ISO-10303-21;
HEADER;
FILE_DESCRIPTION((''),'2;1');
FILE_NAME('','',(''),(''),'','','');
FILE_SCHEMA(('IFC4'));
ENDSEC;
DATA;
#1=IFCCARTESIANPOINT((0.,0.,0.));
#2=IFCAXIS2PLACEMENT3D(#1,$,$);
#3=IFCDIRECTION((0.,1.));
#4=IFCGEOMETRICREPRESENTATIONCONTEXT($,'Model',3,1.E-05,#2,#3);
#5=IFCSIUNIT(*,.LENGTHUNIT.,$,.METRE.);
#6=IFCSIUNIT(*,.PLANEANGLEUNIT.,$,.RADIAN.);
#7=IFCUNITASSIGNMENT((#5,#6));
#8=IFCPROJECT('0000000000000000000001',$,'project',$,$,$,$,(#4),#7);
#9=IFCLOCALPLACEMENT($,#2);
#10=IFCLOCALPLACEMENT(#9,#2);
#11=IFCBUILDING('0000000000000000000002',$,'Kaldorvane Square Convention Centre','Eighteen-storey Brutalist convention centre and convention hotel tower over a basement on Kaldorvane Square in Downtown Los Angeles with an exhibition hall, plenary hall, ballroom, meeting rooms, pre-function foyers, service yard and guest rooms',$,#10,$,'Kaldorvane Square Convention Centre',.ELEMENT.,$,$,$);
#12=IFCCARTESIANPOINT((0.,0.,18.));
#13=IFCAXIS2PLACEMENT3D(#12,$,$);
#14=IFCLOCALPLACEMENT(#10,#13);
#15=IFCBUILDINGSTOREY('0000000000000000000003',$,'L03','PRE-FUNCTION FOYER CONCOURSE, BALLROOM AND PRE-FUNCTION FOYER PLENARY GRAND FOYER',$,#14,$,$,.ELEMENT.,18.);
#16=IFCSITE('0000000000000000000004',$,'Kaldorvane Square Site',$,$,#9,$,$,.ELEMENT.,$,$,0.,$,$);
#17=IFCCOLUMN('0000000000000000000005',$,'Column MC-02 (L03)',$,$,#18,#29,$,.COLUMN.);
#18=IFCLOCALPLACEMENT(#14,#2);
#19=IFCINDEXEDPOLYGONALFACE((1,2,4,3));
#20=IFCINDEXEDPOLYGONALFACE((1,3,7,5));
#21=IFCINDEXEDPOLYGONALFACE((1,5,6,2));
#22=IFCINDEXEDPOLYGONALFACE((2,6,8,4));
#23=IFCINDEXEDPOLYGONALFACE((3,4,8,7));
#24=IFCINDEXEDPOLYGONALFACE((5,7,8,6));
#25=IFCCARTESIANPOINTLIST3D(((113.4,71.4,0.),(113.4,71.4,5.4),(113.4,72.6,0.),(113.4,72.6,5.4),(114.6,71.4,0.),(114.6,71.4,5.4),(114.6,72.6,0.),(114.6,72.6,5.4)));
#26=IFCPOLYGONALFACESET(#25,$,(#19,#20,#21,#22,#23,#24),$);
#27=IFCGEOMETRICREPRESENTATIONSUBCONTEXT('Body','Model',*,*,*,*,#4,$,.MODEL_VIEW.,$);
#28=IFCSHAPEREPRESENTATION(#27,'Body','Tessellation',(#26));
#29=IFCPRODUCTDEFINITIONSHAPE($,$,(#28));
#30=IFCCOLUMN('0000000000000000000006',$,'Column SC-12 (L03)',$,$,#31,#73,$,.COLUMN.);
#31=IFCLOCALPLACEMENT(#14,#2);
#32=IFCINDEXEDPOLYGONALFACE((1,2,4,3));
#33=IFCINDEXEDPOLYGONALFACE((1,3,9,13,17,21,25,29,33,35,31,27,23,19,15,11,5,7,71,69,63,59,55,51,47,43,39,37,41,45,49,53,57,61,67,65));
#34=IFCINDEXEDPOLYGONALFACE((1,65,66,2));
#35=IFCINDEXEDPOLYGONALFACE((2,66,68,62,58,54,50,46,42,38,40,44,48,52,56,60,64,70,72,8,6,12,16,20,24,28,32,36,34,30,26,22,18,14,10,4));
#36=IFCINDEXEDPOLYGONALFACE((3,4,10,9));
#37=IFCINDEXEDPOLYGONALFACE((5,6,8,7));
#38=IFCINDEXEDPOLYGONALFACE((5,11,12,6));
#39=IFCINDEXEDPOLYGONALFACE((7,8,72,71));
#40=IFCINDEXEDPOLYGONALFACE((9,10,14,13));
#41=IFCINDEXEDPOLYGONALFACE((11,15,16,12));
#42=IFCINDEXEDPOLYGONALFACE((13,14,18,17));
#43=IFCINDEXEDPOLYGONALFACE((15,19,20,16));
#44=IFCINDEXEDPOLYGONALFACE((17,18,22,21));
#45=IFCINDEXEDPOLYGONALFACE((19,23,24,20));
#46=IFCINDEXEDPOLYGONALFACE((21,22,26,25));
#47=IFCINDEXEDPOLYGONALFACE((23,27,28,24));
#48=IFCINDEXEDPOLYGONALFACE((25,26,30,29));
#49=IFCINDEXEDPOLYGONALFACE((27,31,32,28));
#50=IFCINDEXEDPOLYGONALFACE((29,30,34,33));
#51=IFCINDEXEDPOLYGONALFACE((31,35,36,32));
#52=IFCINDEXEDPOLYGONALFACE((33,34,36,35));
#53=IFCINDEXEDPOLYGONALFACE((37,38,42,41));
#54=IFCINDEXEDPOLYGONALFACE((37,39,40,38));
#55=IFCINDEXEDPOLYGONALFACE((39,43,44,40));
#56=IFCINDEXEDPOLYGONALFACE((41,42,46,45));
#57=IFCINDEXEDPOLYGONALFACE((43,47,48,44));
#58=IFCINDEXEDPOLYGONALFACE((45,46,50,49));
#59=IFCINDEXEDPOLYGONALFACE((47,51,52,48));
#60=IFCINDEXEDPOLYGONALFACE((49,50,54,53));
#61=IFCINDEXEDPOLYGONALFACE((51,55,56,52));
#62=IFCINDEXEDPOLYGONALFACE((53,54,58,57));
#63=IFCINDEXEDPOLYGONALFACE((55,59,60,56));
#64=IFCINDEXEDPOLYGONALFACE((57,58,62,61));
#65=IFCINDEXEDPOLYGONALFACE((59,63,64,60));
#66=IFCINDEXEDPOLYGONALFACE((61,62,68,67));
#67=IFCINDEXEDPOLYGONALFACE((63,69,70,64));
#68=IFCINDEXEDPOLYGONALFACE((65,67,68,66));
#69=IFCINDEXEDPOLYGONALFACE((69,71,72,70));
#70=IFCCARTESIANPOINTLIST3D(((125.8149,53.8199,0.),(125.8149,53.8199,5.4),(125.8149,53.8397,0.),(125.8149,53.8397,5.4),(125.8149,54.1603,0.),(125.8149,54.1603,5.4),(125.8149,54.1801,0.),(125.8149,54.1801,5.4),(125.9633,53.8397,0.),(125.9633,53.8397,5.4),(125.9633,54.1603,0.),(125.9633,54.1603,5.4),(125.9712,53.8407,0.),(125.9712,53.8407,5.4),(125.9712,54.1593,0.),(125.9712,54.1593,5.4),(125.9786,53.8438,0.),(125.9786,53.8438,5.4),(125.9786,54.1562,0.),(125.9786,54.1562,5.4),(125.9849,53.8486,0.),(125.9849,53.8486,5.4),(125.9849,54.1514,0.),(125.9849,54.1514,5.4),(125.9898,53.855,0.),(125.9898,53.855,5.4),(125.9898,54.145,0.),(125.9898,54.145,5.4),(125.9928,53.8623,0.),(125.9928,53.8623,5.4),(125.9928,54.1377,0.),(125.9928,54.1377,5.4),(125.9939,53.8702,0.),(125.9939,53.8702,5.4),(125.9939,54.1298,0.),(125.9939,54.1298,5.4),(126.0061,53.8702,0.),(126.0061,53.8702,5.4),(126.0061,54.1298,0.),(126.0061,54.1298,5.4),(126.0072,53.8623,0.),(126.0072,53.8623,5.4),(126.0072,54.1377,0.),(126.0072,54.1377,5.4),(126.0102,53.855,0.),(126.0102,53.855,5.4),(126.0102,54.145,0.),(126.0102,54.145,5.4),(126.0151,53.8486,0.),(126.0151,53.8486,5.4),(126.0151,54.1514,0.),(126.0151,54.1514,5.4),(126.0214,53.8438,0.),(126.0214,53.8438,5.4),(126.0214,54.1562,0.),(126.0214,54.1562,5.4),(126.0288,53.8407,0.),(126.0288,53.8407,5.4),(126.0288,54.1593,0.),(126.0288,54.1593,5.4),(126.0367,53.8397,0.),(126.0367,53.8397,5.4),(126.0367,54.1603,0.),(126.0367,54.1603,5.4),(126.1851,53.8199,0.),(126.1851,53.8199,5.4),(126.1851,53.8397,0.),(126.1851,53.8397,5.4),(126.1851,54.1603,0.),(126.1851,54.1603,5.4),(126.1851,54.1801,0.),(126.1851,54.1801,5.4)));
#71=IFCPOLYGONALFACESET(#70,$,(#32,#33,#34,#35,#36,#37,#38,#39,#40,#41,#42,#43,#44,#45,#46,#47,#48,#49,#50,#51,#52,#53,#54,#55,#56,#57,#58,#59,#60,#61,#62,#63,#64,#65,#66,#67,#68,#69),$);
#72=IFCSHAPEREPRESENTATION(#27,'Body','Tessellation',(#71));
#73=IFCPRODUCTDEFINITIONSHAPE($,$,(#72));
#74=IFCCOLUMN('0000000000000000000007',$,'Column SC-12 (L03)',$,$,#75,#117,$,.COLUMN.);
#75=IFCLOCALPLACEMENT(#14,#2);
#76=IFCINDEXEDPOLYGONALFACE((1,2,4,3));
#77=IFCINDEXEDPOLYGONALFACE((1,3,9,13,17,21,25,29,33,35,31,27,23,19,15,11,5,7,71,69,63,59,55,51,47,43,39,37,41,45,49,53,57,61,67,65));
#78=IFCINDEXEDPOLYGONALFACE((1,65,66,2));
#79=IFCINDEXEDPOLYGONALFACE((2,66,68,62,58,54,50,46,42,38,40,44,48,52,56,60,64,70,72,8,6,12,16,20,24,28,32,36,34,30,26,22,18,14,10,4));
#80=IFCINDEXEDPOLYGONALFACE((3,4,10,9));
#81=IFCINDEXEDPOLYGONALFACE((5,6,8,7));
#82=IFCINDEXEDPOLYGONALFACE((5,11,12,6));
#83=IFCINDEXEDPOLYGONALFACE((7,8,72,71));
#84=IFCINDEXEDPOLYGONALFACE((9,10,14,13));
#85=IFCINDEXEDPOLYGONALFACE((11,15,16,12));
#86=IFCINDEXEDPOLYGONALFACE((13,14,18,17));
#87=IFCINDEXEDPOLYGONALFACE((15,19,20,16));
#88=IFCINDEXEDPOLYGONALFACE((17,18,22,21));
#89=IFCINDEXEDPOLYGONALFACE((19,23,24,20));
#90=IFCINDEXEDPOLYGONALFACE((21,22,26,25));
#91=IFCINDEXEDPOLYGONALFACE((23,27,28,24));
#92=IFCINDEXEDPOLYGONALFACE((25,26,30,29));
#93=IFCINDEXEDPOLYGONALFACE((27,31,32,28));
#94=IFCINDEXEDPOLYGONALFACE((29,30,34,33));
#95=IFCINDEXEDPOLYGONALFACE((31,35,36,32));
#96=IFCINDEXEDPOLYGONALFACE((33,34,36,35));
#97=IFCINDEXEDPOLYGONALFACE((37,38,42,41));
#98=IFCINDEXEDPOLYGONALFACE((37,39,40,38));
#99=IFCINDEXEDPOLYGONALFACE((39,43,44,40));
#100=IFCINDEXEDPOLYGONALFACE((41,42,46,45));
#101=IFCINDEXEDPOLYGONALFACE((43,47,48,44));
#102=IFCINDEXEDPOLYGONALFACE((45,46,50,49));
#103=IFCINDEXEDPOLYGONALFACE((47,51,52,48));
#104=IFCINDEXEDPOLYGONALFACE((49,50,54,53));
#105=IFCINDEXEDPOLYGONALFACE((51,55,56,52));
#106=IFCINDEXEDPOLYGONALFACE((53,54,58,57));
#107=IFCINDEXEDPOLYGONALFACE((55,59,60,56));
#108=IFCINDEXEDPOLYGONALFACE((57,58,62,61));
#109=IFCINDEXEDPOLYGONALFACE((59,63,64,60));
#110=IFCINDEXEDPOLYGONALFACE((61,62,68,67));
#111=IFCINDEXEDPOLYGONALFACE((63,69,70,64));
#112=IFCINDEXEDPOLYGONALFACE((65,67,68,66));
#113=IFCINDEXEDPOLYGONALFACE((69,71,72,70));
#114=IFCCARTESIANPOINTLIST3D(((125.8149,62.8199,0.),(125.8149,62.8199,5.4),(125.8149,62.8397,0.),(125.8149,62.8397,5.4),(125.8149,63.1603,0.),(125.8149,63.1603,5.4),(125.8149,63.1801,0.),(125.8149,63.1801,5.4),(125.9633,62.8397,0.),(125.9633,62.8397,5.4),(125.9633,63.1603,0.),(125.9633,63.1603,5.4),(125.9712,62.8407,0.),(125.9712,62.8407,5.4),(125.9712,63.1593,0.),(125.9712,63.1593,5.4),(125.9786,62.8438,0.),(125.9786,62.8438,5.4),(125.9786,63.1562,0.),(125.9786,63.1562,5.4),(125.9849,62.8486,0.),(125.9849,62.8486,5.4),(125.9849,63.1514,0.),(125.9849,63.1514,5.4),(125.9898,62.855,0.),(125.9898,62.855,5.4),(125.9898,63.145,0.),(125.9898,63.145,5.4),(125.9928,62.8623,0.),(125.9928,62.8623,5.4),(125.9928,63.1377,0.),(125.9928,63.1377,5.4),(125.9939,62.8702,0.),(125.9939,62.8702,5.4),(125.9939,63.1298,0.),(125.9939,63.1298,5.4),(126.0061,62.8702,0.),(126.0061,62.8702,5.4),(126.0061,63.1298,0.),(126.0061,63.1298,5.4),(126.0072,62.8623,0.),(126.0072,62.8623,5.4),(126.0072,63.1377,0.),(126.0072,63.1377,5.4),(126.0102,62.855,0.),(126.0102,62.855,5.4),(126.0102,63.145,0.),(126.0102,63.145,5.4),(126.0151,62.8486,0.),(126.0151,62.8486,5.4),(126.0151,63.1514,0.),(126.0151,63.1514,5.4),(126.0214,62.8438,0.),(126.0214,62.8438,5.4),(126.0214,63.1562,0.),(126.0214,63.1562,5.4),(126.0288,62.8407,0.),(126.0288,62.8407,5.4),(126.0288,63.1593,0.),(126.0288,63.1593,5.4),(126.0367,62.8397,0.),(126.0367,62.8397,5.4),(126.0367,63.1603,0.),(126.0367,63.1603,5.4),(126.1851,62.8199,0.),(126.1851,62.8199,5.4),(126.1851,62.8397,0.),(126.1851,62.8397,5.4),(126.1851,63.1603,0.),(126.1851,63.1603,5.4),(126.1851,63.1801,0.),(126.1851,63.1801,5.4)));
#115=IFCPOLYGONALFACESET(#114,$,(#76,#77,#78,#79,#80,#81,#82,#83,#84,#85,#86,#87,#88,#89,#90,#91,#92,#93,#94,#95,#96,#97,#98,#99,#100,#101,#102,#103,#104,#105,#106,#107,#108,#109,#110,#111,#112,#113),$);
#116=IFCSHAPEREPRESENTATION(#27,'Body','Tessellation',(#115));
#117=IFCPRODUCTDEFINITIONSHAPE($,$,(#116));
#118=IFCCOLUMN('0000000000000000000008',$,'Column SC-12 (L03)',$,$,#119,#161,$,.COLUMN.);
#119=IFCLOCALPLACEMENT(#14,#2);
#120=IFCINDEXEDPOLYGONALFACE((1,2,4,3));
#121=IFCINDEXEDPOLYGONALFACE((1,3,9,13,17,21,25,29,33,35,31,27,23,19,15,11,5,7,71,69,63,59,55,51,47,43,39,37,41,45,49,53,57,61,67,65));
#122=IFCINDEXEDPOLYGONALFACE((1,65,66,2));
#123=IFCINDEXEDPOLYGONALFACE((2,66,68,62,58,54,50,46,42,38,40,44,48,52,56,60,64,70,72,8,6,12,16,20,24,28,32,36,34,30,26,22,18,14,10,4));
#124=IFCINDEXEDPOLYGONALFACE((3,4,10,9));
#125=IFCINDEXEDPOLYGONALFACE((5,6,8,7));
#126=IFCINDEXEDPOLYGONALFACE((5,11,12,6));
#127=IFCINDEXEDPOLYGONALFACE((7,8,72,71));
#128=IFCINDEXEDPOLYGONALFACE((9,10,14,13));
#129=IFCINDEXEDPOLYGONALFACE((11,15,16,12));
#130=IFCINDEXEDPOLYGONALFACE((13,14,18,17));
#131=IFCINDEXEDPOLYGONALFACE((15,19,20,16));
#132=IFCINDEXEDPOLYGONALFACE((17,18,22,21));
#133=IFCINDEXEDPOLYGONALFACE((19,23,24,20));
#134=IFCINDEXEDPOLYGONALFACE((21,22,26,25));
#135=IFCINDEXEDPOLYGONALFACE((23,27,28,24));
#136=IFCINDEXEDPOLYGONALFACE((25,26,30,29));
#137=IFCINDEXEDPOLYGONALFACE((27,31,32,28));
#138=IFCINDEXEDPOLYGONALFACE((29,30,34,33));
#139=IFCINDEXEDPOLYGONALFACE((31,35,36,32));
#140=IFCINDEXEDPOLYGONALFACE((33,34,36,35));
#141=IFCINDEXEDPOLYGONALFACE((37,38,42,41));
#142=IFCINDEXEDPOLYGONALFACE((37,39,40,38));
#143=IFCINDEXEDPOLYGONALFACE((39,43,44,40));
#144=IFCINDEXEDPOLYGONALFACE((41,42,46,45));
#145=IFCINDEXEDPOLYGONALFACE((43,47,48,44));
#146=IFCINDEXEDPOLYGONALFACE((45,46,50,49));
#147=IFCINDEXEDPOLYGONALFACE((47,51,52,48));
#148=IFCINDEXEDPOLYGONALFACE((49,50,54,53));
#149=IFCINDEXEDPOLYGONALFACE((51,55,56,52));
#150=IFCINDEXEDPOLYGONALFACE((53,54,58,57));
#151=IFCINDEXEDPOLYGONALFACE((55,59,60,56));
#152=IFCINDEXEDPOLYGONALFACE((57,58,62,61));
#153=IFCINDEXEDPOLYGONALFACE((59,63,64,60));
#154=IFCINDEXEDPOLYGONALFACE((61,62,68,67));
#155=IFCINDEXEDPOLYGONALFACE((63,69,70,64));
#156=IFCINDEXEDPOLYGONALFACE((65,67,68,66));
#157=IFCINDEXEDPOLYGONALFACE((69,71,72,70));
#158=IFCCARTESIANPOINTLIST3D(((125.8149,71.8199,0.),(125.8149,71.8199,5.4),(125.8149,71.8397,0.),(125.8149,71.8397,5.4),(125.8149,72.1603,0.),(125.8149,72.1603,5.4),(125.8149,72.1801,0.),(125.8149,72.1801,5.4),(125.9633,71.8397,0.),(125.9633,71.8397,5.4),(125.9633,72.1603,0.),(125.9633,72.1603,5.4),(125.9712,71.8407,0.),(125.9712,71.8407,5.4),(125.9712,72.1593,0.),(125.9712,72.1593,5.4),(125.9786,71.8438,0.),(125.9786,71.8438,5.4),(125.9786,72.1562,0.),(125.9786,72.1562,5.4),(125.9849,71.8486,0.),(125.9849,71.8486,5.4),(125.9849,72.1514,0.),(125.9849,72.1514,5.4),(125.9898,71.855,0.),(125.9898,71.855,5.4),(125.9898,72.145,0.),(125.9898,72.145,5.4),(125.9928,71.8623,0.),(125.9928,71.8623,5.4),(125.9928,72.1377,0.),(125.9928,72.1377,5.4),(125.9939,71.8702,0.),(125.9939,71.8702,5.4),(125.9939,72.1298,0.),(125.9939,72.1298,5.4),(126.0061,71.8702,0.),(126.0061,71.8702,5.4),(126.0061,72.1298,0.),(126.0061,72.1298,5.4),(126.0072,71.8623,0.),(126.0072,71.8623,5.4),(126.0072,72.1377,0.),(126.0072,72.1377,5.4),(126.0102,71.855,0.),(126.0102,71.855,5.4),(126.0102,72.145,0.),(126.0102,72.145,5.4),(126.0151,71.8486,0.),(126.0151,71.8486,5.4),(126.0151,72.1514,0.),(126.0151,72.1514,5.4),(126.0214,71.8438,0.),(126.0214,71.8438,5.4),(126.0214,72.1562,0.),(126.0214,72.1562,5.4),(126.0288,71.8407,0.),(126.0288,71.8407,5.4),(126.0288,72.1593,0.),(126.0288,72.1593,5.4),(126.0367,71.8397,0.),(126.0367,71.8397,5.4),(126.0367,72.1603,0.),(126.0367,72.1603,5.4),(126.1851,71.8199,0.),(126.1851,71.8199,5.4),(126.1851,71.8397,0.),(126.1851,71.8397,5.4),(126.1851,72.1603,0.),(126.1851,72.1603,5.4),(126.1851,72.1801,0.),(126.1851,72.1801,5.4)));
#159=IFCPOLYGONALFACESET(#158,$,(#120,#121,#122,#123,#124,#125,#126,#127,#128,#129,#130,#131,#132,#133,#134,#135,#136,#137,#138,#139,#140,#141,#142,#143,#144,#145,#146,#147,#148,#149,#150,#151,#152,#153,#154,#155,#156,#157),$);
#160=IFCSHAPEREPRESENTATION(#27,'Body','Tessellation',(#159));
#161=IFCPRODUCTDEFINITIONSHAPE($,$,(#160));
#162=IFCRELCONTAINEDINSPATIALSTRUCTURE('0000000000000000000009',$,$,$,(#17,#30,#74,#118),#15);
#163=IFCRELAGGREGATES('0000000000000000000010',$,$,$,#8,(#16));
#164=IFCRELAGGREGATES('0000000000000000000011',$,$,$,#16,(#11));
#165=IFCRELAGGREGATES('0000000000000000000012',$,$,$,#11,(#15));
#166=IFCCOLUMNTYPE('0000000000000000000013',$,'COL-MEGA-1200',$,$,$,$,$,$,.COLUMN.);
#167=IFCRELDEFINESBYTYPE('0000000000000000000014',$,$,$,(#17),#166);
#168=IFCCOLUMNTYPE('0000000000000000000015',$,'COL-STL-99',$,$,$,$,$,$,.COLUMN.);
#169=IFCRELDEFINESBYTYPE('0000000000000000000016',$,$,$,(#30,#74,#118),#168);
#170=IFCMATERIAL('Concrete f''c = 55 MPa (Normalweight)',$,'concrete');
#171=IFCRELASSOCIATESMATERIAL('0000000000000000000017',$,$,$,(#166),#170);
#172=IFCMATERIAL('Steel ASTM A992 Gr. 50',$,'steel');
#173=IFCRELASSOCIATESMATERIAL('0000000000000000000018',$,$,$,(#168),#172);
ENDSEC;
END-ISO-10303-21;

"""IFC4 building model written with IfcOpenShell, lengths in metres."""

from ifc_helpers import new_model, si_unit, direction, frame, origin, origin_2d, place, context, subcontext, project, spatial, rectangle, i_section, extrude, material, material_profile, profile_set, type_object, element, save


model = new_model("IFC4")

# Units and contexts
model_context = context("Model", 3, precision=1e-05, world=origin(), true_north=direction((0.0, 1.0)))
body_context = subcontext(model_context, "Body", "Model", "MODEL_VIEW")
ifc_project = project(units=[si_unit("LENGTHUNIT", "METRE"), si_unit("PLANEANGLEUNIT", "RADIAN")], contexts=[model_context])

# Site, building, storey
site_placement = place(None, origin())
site = spatial("IfcSite", under=ifc_project, at=site_placement, Name="Kaldorvane Square Site", CompositionType="ELEMENT", RefElevation=0.0)
building_placement = place(site_placement, origin())
building = spatial("IfcBuilding", under=site, at=building_placement, Name="Kaldorvane Square Convention Centre", Description="Eighteen-storey Brutalist convention centre and convention hotel tower over a basement on Kaldorvane Square in Downtown Los Angeles with an exhibition hall, plenary hall, ballroom, meeting rooms, pre-function foyers, service yard and guest rooms", LongName="Kaldorvane Square Convention Centre", CompositionType="ELEMENT")
storey_placement = place(building_placement, frame((0.0, 0.0, 18.0)))
storey = spatial("IfcBuildingStorey", under=building, at=storey_placement, Name="L03", Description="PRE-FUNCTION FOYER CONCOURSE, BALLROOM AND PRE-FUNCTION FOYER PLENARY GRAND FOYER", CompositionType="ELEMENT", Elevation=18.0)

# Columns
ifc_material_1 = material(Name="Concrete f'c = 55 MPa (Normalweight)", Category="concrete")
ifc_material_profile_1 = material_profile(ifc_material_1, rectangle(XDim=1.2, YDim=1.2, at=origin_2d()), Name="RC1200X1200")
ifc_profile_set_1 = profile_set([ifc_material_profile_1], Name="Concrete f'c = 55 MPa (Normalweight)")
column_type_1 = type_object("IfcColumnType", Name="COL-MEGA-1200", PredefinedType="COLUMN", material=ifc_profile_set_1)
column_placement = place(storey_placement, frame((114.0, 72.0, 0.0), z_axis=(0.0, 0.0, 1.0), x_axis=(1.0, 0.0, 0.0)))
element("IfcColumn", 1, at=column_placement, inside=storey, type_object=column_type_1, Name="Column MC-02 (L03)", PredefinedType="COLUMN", context=body_context, shape_type="SweptSolid", body=[
    extrude(rectangle(XDim=1.2, YDim=1.2, at=origin_2d()), origin(), (0.0, 0.0, 1.0), 5.4),
])
ifc_material_2 = material(Name="Steel ASTM A992 Gr. 50", Category="steel")
ifc_material_profile_2 = material_profile(ifc_material_2, i_section(OverallWidth=0.3701, OverallDepth=0.3602, WebThickness=0.0123, FlangeThickness=0.0198, FilletRadius=0.0305, at=origin_2d()), Name="W14X99")
ifc_profile_set_2 = profile_set([ifc_material_profile_2], Name="Steel ASTM A992 Gr. 50")
column_type_2 = type_object("IfcColumnType", Name="COL-STL-99", PredefinedType="COLUMN", material=ifc_profile_set_2)
for number, where, z_axis, x_axis, name in (
    (2, (126.0, 54.0, 0.0), (0.0, 0.0, 1.0), (1.0, 0.0, 0.0), "Column SC-12 (L03)"),
    (3, (126.0, 63.0, 0.0), (0.0, 0.0, 1.0), (1.0, 0.0, 0.0), "Column SC-12 (L03)"),
    (4, (126.0, 72.0, 0.0), (0.0, 0.0, 1.0), (1.0, 0.0, 0.0), "Column SC-12 (L03)"),
):
    element("IfcColumn", number, at=place(storey_placement, frame(where, z_axis=z_axis, x_axis=x_axis)), inside=storey, type_object=column_type_2, Name=name, PredefinedType="COLUMN", context=body_context, shape_type="SweptSolid", body=[
        extrude(i_section(OverallWidth=0.3701, OverallDepth=0.3602, WebThickness=0.0123, FlangeThickness=0.0198, FilletRadius=0.0305, at=origin_2d()), origin(), (0.0, 0.0, 1.0), 5.4),
    ])

save(model, "model.ifc")
